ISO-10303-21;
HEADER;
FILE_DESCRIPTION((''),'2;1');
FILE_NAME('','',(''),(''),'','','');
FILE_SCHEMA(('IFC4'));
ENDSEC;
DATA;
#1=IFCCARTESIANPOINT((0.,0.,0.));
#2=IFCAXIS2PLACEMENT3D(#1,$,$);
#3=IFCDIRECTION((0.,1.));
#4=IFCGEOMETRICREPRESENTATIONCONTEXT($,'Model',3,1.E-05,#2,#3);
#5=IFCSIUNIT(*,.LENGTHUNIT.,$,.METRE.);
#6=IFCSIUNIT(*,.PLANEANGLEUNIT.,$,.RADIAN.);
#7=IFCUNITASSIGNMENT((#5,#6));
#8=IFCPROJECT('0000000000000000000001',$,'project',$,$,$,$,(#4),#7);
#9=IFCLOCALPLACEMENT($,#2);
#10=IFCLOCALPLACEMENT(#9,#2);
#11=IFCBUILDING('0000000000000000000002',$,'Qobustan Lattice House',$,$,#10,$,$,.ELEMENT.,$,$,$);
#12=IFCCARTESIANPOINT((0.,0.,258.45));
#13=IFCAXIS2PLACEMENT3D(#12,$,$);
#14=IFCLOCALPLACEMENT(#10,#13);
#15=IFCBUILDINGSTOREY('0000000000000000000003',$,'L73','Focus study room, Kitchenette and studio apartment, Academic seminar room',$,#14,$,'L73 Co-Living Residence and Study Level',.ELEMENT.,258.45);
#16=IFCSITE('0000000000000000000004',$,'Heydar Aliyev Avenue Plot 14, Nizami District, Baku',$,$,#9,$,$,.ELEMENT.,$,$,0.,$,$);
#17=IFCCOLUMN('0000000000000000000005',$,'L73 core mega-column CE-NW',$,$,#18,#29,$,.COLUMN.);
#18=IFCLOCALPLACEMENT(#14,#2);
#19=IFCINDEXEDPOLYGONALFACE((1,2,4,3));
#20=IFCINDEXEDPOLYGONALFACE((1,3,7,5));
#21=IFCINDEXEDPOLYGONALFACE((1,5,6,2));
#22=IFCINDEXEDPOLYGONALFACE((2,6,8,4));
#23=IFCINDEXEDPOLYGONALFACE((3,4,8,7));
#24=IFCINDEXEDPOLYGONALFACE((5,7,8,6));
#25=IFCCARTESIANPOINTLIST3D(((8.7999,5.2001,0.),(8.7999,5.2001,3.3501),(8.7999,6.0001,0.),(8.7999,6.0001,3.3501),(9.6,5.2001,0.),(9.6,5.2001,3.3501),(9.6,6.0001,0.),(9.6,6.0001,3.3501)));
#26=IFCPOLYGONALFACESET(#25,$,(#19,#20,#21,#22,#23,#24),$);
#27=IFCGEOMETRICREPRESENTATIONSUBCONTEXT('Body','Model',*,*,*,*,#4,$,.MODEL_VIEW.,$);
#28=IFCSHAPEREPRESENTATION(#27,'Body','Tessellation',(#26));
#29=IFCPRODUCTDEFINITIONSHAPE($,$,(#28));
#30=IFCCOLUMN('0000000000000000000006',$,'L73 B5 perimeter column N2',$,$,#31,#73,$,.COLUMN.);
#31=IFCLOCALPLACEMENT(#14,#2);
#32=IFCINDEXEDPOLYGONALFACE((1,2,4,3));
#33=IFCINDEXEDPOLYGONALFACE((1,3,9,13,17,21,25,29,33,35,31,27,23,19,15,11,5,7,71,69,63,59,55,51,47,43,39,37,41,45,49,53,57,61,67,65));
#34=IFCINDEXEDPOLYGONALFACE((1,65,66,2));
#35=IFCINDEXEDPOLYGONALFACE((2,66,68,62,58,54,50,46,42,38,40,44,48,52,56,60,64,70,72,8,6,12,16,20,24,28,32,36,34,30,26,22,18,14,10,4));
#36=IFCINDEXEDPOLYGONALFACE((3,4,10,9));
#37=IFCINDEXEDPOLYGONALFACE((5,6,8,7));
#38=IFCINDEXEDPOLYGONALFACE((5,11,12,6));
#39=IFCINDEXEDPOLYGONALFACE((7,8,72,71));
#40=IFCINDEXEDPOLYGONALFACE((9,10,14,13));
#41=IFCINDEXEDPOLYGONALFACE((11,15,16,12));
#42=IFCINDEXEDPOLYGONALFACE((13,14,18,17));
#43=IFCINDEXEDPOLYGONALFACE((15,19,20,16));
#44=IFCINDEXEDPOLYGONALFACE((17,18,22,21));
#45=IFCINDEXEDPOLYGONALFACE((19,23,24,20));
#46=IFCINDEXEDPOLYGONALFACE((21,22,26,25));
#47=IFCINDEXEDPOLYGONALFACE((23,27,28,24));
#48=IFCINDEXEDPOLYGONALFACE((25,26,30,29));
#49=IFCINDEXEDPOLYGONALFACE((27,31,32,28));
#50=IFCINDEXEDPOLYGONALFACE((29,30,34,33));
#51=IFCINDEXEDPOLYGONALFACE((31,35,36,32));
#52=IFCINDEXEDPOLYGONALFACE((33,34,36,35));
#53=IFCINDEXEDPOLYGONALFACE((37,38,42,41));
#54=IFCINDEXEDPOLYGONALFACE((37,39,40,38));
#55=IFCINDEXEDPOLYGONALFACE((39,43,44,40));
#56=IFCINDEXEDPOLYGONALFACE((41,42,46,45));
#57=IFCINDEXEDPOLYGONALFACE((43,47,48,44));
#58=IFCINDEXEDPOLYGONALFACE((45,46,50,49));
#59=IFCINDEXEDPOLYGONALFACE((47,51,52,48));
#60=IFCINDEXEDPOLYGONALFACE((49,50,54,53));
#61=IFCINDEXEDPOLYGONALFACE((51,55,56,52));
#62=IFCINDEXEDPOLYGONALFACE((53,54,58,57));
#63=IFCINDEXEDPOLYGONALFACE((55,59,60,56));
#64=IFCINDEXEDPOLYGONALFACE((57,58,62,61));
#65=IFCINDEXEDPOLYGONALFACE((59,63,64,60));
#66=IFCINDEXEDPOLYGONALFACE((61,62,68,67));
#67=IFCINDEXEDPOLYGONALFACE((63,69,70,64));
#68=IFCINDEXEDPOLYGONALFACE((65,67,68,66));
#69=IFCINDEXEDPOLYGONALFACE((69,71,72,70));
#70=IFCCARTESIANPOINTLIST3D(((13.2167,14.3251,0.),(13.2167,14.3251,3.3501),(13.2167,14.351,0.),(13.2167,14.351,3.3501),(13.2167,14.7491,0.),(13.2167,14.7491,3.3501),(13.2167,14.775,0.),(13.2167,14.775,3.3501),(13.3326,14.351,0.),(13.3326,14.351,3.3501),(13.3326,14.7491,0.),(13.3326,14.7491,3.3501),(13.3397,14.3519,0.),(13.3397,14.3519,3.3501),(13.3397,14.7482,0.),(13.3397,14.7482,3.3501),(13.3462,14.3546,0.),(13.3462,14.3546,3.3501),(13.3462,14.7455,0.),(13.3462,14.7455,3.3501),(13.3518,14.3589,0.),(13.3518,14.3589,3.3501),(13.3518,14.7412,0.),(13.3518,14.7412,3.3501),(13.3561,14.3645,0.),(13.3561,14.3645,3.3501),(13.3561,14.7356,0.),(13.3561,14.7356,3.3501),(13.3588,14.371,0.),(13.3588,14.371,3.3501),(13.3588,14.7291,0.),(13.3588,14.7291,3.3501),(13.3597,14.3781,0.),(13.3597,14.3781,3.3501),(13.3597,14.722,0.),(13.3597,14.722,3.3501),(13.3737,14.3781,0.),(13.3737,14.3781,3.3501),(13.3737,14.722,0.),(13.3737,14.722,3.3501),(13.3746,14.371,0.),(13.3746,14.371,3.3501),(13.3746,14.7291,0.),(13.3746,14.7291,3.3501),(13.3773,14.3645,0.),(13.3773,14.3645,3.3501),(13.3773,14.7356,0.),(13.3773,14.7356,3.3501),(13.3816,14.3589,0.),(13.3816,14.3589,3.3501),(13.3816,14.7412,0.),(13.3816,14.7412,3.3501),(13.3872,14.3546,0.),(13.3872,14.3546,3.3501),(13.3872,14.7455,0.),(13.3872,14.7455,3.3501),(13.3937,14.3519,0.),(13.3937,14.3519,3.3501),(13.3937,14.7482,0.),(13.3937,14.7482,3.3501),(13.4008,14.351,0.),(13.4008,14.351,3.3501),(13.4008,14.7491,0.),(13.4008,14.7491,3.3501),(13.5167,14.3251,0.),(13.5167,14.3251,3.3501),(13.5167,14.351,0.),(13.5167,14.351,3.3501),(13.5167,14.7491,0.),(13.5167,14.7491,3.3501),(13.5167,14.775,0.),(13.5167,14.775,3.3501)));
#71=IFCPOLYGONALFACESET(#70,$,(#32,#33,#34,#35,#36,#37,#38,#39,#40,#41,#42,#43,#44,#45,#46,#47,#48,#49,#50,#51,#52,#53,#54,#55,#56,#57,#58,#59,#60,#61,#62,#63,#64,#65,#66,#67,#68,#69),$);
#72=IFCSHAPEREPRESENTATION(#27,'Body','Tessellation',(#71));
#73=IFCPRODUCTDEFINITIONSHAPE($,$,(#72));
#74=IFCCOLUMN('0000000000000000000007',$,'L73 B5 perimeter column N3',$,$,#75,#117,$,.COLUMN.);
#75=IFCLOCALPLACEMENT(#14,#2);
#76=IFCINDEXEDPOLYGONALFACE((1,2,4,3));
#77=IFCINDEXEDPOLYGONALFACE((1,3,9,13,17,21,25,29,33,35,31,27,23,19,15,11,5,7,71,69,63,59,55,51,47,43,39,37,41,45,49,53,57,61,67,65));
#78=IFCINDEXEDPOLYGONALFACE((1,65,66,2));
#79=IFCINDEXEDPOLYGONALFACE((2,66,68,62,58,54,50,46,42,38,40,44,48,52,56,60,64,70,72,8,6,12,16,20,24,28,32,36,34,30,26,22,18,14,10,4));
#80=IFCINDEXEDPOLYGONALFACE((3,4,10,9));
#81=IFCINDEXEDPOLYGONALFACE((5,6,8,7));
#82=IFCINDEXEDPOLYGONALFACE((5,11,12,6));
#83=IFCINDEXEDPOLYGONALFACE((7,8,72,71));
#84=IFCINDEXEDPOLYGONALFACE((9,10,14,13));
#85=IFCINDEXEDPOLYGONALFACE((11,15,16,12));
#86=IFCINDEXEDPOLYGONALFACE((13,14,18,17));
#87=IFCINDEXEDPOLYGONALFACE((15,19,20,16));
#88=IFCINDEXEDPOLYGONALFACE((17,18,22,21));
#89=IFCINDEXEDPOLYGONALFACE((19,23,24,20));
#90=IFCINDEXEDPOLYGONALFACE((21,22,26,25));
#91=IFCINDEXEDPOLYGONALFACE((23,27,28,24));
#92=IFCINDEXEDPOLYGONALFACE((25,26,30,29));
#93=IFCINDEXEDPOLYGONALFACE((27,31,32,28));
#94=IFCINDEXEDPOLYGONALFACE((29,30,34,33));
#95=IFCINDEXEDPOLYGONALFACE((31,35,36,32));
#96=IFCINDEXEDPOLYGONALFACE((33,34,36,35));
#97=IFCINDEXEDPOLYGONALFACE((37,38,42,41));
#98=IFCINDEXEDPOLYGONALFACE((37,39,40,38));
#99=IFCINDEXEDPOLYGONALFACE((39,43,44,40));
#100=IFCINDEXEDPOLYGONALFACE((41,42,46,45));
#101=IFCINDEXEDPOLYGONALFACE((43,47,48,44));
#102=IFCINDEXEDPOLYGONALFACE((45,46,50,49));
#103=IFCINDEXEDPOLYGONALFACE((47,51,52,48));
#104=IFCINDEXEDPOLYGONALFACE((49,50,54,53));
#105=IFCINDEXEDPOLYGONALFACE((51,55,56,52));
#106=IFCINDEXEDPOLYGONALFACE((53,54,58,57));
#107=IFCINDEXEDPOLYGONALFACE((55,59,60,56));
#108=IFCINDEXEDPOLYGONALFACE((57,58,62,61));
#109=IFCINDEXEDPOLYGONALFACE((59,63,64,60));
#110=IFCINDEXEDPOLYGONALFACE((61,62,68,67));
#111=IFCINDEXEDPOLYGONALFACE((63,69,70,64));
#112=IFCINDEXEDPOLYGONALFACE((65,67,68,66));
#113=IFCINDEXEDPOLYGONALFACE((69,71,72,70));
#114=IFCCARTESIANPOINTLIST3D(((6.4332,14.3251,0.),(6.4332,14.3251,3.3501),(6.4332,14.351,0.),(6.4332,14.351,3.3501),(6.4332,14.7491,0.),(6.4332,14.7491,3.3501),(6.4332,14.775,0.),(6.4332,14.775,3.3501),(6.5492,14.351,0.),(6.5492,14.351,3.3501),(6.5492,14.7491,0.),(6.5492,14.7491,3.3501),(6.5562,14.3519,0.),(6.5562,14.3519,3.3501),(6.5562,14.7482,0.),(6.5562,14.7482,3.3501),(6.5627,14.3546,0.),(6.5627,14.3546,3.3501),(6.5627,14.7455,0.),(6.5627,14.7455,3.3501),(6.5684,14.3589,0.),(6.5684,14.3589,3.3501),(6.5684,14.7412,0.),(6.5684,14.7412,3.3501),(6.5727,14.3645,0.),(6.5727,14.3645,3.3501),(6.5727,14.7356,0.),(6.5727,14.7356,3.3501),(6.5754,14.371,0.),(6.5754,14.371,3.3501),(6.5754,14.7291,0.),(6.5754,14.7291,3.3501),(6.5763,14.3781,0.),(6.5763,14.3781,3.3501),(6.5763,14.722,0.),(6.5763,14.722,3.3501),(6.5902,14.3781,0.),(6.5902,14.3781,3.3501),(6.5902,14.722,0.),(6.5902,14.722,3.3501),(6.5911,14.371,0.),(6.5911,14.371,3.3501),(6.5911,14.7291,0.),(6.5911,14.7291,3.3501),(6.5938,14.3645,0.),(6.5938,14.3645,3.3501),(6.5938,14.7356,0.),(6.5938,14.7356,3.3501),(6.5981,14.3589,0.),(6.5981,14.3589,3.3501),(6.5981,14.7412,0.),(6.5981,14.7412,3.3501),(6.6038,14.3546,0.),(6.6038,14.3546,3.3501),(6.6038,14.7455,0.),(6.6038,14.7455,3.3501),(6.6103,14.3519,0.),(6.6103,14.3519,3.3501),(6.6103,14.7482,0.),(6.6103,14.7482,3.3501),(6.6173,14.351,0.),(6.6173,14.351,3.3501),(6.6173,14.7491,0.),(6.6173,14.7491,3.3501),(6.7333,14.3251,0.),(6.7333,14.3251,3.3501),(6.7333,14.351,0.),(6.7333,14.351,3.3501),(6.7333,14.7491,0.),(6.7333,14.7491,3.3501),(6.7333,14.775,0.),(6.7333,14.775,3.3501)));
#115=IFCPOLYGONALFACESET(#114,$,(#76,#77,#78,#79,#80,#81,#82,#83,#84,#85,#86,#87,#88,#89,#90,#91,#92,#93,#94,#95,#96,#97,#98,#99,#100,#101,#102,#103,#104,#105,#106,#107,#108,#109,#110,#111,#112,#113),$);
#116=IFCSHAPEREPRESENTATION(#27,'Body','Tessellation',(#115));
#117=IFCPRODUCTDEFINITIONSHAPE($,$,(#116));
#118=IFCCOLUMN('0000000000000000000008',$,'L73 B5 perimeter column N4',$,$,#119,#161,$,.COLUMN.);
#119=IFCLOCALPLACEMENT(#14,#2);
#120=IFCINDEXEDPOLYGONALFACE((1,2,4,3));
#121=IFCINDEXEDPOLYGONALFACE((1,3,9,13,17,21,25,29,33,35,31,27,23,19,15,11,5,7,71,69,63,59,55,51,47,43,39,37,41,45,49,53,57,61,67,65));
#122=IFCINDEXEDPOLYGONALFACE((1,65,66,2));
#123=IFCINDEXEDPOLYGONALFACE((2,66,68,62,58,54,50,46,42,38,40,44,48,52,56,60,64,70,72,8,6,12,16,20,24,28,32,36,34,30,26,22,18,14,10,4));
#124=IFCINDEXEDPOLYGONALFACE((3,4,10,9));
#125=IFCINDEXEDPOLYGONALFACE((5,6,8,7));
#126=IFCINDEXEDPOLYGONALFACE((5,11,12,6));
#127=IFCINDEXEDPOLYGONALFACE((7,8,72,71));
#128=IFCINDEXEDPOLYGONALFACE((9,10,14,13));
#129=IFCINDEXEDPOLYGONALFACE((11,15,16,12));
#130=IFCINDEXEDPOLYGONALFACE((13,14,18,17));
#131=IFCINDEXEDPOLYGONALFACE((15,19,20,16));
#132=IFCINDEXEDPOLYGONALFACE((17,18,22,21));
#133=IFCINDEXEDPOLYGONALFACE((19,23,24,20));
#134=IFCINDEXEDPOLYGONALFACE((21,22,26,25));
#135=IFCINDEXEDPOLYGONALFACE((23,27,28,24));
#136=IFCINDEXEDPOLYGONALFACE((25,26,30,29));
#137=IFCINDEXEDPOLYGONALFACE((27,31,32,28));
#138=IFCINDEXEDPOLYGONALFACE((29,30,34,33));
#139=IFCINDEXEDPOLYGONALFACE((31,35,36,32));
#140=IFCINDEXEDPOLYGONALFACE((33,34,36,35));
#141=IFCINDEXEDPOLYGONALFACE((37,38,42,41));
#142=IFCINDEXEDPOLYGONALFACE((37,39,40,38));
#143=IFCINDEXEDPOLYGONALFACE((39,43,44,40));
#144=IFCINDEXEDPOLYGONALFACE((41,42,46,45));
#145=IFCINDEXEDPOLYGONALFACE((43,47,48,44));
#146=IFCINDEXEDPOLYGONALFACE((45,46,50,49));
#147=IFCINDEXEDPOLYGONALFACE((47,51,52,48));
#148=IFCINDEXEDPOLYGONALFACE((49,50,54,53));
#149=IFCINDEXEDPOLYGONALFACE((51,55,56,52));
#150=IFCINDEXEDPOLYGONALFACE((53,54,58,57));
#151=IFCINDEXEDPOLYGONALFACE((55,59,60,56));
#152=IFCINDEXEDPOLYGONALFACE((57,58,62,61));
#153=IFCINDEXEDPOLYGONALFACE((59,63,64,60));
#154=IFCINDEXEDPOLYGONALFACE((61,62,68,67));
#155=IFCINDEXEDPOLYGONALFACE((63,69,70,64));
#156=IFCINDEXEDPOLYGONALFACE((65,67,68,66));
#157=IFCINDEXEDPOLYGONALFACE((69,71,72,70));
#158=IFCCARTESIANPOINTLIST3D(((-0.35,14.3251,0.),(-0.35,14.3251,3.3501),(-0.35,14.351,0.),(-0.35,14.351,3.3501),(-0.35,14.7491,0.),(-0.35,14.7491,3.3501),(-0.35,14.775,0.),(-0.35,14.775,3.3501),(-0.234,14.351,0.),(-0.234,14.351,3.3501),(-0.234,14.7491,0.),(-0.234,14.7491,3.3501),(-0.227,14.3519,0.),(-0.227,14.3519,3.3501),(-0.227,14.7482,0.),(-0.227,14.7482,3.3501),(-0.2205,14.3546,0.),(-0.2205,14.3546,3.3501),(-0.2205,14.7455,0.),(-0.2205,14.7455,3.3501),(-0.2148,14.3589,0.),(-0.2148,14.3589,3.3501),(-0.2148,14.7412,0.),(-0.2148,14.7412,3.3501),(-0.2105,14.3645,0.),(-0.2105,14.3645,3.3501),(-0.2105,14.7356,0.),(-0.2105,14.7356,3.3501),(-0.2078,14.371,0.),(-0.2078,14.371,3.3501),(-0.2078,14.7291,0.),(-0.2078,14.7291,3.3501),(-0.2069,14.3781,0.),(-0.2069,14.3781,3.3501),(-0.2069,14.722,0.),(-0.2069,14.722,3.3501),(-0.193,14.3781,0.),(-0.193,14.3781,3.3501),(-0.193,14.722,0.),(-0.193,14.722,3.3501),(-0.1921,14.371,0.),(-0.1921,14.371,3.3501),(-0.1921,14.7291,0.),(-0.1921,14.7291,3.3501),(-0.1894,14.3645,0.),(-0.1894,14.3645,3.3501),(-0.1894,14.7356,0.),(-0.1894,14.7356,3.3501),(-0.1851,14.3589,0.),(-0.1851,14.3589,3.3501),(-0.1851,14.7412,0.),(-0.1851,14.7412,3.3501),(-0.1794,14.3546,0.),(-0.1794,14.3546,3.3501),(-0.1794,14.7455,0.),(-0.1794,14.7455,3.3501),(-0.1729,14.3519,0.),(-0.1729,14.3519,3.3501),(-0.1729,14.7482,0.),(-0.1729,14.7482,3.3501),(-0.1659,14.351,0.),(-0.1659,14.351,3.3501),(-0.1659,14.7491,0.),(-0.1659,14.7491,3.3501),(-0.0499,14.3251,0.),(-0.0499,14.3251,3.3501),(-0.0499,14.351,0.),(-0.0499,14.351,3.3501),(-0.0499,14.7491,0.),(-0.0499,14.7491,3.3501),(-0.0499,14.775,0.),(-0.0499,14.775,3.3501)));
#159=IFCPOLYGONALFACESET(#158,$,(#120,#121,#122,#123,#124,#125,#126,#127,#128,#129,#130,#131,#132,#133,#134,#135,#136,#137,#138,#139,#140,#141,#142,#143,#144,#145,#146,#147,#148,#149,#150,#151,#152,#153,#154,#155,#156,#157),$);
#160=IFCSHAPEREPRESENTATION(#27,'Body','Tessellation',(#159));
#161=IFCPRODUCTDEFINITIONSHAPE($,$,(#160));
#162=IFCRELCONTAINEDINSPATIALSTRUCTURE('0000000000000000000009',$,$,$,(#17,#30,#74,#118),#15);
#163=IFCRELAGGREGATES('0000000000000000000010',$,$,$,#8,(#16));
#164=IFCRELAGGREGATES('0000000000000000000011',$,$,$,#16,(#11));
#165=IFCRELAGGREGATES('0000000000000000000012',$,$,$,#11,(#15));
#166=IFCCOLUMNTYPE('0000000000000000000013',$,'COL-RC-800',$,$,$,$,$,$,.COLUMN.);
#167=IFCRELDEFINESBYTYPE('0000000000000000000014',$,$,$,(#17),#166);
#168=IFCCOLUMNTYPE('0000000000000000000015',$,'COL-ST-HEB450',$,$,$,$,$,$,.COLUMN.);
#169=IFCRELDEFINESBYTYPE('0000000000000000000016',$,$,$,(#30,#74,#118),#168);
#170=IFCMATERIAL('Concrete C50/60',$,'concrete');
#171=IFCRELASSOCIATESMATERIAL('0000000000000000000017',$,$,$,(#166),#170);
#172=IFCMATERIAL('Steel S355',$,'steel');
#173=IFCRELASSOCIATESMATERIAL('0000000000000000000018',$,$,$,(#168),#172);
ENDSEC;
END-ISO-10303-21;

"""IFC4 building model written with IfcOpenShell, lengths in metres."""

from ifc_helpers import new_model, si_unit, direction, frame, origin, origin_2d, place, context, subcontext, project, spatial, rectangle, i_section, extrude, material, material_profile, profile_set, type_object, element, save


model = new_model("IFC4")

# Units and contexts
model_context = context("Model", 3, precision=1e-05, world=origin(), true_north=direction((0.0, 1.0)))
body_context = subcontext(model_context, "Body", "Model", "MODEL_VIEW")
ifc_project = project(units=[si_unit("LENGTHUNIT", "METRE"), si_unit("PLANEANGLEUNIT", "RADIAN")], contexts=[model_context])

# Site, building, storey
site_placement = place(None, origin())
site = spatial("IfcSite", under=ifc_project, at=site_placement, Name="Heydar Aliyev Avenue Plot 14, Nizami District, Baku", CompositionType="ELEMENT", RefElevation=0.0)
building_placement = place(site_placement, origin())
building = spatial("IfcBuilding", under=site, at=building_placement, Name="Qobustan Lattice House", CompositionType="ELEMENT")
storey_placement = place(building_placement, frame((0.0, 0.0, 258.45)))
storey = spatial("IfcBuildingStorey", under=building, at=storey_placement, Name="L73", Description="Focus study room, Kitchenette and studio apartment, Academic seminar room", LongName="L73 Co-Living Residence and Study Level", CompositionType="ELEMENT", Elevation=258.45)

# Columns
ifc_material_1 = material(Name="Concrete C50/60", Category="concrete")
ifc_material_profile_1 = material_profile(ifc_material_1, rectangle(XDim=0.8, YDim=0.8, at=origin_2d()), Name="RC800x800")
ifc_profile_set_1 = profile_set([ifc_material_profile_1], Name="Concrete C50/60")
column_type_1 = type_object("IfcColumnType", Name="COL-RC-800", PredefinedType="COLUMN", material=ifc_profile_set_1)
column_placement = place(storey_placement, frame((9.2, 5.6001, 0.0), z_axis=(0.0, 0.0, 1.0), x_axis=(1.0, 0.0, 0.0)))
element("IfcColumn", 1, at=column_placement, inside=storey, type_object=column_type_1, Name="L73 core mega-column CE-NW", PredefinedType="COLUMN", context=body_context, shape_type="SweptSolid", body=[
    extrude(rectangle(XDim=0.8, YDim=0.8, at=origin_2d()), origin(), (0.0, 0.0, 1.0), 3.3501),
])
ifc_material_2 = material(Name="Steel S355", Category="steel")
ifc_material_profile_2 = material_profile(ifc_material_2, i_section(OverallWidth=0.3, OverallDepth=0.45, WebThickness=0.0139, FlangeThickness=0.0259, FilletRadius=0.0271, at=origin_2d()), Name="HEB450")
ifc_profile_set_2 = profile_set([ifc_material_profile_2], Name="Steel S355")
column_type_2 = type_object("IfcColumnType", Name="COL-ST-HEB450", PredefinedType="COLUMN", material=ifc_profile_set_2)
for number, where, z_axis, x_axis, name in (
    (2, (13.3667, 14.55, 0.0), (0.0, 0.0, 1.0), (1.0, 0.0, 0.0), "L73 B5 perimeter column N2"),
    (3, (6.5833, 14.55, 0.0), (0.0, 0.0, 1.0), (1.0, 0.0, 0.0), "L73 B5 perimeter column N3"),
    (4, (-0.2, 14.55, 0.0), (0.0, 0.0, 1.0), (1.0, 0.0, 0.0), "L73 B5 perimeter column N4"),
):
    element("IfcColumn", number, at=place(storey_placement, frame(where, z_axis=z_axis, x_axis=x_axis)), inside=storey, type_object=column_type_2, Name=name, PredefinedType="COLUMN", context=body_context, shape_type="SweptSolid", body=[
        extrude(i_section(OverallWidth=0.3, OverallDepth=0.45, WebThickness=0.0139, FlangeThickness=0.0259, FilletRadius=0.0271, at=origin_2d()), origin(), (0.0, 0.0, 1.0), 3.3501),
    ])

save(model, "model.ifc")
